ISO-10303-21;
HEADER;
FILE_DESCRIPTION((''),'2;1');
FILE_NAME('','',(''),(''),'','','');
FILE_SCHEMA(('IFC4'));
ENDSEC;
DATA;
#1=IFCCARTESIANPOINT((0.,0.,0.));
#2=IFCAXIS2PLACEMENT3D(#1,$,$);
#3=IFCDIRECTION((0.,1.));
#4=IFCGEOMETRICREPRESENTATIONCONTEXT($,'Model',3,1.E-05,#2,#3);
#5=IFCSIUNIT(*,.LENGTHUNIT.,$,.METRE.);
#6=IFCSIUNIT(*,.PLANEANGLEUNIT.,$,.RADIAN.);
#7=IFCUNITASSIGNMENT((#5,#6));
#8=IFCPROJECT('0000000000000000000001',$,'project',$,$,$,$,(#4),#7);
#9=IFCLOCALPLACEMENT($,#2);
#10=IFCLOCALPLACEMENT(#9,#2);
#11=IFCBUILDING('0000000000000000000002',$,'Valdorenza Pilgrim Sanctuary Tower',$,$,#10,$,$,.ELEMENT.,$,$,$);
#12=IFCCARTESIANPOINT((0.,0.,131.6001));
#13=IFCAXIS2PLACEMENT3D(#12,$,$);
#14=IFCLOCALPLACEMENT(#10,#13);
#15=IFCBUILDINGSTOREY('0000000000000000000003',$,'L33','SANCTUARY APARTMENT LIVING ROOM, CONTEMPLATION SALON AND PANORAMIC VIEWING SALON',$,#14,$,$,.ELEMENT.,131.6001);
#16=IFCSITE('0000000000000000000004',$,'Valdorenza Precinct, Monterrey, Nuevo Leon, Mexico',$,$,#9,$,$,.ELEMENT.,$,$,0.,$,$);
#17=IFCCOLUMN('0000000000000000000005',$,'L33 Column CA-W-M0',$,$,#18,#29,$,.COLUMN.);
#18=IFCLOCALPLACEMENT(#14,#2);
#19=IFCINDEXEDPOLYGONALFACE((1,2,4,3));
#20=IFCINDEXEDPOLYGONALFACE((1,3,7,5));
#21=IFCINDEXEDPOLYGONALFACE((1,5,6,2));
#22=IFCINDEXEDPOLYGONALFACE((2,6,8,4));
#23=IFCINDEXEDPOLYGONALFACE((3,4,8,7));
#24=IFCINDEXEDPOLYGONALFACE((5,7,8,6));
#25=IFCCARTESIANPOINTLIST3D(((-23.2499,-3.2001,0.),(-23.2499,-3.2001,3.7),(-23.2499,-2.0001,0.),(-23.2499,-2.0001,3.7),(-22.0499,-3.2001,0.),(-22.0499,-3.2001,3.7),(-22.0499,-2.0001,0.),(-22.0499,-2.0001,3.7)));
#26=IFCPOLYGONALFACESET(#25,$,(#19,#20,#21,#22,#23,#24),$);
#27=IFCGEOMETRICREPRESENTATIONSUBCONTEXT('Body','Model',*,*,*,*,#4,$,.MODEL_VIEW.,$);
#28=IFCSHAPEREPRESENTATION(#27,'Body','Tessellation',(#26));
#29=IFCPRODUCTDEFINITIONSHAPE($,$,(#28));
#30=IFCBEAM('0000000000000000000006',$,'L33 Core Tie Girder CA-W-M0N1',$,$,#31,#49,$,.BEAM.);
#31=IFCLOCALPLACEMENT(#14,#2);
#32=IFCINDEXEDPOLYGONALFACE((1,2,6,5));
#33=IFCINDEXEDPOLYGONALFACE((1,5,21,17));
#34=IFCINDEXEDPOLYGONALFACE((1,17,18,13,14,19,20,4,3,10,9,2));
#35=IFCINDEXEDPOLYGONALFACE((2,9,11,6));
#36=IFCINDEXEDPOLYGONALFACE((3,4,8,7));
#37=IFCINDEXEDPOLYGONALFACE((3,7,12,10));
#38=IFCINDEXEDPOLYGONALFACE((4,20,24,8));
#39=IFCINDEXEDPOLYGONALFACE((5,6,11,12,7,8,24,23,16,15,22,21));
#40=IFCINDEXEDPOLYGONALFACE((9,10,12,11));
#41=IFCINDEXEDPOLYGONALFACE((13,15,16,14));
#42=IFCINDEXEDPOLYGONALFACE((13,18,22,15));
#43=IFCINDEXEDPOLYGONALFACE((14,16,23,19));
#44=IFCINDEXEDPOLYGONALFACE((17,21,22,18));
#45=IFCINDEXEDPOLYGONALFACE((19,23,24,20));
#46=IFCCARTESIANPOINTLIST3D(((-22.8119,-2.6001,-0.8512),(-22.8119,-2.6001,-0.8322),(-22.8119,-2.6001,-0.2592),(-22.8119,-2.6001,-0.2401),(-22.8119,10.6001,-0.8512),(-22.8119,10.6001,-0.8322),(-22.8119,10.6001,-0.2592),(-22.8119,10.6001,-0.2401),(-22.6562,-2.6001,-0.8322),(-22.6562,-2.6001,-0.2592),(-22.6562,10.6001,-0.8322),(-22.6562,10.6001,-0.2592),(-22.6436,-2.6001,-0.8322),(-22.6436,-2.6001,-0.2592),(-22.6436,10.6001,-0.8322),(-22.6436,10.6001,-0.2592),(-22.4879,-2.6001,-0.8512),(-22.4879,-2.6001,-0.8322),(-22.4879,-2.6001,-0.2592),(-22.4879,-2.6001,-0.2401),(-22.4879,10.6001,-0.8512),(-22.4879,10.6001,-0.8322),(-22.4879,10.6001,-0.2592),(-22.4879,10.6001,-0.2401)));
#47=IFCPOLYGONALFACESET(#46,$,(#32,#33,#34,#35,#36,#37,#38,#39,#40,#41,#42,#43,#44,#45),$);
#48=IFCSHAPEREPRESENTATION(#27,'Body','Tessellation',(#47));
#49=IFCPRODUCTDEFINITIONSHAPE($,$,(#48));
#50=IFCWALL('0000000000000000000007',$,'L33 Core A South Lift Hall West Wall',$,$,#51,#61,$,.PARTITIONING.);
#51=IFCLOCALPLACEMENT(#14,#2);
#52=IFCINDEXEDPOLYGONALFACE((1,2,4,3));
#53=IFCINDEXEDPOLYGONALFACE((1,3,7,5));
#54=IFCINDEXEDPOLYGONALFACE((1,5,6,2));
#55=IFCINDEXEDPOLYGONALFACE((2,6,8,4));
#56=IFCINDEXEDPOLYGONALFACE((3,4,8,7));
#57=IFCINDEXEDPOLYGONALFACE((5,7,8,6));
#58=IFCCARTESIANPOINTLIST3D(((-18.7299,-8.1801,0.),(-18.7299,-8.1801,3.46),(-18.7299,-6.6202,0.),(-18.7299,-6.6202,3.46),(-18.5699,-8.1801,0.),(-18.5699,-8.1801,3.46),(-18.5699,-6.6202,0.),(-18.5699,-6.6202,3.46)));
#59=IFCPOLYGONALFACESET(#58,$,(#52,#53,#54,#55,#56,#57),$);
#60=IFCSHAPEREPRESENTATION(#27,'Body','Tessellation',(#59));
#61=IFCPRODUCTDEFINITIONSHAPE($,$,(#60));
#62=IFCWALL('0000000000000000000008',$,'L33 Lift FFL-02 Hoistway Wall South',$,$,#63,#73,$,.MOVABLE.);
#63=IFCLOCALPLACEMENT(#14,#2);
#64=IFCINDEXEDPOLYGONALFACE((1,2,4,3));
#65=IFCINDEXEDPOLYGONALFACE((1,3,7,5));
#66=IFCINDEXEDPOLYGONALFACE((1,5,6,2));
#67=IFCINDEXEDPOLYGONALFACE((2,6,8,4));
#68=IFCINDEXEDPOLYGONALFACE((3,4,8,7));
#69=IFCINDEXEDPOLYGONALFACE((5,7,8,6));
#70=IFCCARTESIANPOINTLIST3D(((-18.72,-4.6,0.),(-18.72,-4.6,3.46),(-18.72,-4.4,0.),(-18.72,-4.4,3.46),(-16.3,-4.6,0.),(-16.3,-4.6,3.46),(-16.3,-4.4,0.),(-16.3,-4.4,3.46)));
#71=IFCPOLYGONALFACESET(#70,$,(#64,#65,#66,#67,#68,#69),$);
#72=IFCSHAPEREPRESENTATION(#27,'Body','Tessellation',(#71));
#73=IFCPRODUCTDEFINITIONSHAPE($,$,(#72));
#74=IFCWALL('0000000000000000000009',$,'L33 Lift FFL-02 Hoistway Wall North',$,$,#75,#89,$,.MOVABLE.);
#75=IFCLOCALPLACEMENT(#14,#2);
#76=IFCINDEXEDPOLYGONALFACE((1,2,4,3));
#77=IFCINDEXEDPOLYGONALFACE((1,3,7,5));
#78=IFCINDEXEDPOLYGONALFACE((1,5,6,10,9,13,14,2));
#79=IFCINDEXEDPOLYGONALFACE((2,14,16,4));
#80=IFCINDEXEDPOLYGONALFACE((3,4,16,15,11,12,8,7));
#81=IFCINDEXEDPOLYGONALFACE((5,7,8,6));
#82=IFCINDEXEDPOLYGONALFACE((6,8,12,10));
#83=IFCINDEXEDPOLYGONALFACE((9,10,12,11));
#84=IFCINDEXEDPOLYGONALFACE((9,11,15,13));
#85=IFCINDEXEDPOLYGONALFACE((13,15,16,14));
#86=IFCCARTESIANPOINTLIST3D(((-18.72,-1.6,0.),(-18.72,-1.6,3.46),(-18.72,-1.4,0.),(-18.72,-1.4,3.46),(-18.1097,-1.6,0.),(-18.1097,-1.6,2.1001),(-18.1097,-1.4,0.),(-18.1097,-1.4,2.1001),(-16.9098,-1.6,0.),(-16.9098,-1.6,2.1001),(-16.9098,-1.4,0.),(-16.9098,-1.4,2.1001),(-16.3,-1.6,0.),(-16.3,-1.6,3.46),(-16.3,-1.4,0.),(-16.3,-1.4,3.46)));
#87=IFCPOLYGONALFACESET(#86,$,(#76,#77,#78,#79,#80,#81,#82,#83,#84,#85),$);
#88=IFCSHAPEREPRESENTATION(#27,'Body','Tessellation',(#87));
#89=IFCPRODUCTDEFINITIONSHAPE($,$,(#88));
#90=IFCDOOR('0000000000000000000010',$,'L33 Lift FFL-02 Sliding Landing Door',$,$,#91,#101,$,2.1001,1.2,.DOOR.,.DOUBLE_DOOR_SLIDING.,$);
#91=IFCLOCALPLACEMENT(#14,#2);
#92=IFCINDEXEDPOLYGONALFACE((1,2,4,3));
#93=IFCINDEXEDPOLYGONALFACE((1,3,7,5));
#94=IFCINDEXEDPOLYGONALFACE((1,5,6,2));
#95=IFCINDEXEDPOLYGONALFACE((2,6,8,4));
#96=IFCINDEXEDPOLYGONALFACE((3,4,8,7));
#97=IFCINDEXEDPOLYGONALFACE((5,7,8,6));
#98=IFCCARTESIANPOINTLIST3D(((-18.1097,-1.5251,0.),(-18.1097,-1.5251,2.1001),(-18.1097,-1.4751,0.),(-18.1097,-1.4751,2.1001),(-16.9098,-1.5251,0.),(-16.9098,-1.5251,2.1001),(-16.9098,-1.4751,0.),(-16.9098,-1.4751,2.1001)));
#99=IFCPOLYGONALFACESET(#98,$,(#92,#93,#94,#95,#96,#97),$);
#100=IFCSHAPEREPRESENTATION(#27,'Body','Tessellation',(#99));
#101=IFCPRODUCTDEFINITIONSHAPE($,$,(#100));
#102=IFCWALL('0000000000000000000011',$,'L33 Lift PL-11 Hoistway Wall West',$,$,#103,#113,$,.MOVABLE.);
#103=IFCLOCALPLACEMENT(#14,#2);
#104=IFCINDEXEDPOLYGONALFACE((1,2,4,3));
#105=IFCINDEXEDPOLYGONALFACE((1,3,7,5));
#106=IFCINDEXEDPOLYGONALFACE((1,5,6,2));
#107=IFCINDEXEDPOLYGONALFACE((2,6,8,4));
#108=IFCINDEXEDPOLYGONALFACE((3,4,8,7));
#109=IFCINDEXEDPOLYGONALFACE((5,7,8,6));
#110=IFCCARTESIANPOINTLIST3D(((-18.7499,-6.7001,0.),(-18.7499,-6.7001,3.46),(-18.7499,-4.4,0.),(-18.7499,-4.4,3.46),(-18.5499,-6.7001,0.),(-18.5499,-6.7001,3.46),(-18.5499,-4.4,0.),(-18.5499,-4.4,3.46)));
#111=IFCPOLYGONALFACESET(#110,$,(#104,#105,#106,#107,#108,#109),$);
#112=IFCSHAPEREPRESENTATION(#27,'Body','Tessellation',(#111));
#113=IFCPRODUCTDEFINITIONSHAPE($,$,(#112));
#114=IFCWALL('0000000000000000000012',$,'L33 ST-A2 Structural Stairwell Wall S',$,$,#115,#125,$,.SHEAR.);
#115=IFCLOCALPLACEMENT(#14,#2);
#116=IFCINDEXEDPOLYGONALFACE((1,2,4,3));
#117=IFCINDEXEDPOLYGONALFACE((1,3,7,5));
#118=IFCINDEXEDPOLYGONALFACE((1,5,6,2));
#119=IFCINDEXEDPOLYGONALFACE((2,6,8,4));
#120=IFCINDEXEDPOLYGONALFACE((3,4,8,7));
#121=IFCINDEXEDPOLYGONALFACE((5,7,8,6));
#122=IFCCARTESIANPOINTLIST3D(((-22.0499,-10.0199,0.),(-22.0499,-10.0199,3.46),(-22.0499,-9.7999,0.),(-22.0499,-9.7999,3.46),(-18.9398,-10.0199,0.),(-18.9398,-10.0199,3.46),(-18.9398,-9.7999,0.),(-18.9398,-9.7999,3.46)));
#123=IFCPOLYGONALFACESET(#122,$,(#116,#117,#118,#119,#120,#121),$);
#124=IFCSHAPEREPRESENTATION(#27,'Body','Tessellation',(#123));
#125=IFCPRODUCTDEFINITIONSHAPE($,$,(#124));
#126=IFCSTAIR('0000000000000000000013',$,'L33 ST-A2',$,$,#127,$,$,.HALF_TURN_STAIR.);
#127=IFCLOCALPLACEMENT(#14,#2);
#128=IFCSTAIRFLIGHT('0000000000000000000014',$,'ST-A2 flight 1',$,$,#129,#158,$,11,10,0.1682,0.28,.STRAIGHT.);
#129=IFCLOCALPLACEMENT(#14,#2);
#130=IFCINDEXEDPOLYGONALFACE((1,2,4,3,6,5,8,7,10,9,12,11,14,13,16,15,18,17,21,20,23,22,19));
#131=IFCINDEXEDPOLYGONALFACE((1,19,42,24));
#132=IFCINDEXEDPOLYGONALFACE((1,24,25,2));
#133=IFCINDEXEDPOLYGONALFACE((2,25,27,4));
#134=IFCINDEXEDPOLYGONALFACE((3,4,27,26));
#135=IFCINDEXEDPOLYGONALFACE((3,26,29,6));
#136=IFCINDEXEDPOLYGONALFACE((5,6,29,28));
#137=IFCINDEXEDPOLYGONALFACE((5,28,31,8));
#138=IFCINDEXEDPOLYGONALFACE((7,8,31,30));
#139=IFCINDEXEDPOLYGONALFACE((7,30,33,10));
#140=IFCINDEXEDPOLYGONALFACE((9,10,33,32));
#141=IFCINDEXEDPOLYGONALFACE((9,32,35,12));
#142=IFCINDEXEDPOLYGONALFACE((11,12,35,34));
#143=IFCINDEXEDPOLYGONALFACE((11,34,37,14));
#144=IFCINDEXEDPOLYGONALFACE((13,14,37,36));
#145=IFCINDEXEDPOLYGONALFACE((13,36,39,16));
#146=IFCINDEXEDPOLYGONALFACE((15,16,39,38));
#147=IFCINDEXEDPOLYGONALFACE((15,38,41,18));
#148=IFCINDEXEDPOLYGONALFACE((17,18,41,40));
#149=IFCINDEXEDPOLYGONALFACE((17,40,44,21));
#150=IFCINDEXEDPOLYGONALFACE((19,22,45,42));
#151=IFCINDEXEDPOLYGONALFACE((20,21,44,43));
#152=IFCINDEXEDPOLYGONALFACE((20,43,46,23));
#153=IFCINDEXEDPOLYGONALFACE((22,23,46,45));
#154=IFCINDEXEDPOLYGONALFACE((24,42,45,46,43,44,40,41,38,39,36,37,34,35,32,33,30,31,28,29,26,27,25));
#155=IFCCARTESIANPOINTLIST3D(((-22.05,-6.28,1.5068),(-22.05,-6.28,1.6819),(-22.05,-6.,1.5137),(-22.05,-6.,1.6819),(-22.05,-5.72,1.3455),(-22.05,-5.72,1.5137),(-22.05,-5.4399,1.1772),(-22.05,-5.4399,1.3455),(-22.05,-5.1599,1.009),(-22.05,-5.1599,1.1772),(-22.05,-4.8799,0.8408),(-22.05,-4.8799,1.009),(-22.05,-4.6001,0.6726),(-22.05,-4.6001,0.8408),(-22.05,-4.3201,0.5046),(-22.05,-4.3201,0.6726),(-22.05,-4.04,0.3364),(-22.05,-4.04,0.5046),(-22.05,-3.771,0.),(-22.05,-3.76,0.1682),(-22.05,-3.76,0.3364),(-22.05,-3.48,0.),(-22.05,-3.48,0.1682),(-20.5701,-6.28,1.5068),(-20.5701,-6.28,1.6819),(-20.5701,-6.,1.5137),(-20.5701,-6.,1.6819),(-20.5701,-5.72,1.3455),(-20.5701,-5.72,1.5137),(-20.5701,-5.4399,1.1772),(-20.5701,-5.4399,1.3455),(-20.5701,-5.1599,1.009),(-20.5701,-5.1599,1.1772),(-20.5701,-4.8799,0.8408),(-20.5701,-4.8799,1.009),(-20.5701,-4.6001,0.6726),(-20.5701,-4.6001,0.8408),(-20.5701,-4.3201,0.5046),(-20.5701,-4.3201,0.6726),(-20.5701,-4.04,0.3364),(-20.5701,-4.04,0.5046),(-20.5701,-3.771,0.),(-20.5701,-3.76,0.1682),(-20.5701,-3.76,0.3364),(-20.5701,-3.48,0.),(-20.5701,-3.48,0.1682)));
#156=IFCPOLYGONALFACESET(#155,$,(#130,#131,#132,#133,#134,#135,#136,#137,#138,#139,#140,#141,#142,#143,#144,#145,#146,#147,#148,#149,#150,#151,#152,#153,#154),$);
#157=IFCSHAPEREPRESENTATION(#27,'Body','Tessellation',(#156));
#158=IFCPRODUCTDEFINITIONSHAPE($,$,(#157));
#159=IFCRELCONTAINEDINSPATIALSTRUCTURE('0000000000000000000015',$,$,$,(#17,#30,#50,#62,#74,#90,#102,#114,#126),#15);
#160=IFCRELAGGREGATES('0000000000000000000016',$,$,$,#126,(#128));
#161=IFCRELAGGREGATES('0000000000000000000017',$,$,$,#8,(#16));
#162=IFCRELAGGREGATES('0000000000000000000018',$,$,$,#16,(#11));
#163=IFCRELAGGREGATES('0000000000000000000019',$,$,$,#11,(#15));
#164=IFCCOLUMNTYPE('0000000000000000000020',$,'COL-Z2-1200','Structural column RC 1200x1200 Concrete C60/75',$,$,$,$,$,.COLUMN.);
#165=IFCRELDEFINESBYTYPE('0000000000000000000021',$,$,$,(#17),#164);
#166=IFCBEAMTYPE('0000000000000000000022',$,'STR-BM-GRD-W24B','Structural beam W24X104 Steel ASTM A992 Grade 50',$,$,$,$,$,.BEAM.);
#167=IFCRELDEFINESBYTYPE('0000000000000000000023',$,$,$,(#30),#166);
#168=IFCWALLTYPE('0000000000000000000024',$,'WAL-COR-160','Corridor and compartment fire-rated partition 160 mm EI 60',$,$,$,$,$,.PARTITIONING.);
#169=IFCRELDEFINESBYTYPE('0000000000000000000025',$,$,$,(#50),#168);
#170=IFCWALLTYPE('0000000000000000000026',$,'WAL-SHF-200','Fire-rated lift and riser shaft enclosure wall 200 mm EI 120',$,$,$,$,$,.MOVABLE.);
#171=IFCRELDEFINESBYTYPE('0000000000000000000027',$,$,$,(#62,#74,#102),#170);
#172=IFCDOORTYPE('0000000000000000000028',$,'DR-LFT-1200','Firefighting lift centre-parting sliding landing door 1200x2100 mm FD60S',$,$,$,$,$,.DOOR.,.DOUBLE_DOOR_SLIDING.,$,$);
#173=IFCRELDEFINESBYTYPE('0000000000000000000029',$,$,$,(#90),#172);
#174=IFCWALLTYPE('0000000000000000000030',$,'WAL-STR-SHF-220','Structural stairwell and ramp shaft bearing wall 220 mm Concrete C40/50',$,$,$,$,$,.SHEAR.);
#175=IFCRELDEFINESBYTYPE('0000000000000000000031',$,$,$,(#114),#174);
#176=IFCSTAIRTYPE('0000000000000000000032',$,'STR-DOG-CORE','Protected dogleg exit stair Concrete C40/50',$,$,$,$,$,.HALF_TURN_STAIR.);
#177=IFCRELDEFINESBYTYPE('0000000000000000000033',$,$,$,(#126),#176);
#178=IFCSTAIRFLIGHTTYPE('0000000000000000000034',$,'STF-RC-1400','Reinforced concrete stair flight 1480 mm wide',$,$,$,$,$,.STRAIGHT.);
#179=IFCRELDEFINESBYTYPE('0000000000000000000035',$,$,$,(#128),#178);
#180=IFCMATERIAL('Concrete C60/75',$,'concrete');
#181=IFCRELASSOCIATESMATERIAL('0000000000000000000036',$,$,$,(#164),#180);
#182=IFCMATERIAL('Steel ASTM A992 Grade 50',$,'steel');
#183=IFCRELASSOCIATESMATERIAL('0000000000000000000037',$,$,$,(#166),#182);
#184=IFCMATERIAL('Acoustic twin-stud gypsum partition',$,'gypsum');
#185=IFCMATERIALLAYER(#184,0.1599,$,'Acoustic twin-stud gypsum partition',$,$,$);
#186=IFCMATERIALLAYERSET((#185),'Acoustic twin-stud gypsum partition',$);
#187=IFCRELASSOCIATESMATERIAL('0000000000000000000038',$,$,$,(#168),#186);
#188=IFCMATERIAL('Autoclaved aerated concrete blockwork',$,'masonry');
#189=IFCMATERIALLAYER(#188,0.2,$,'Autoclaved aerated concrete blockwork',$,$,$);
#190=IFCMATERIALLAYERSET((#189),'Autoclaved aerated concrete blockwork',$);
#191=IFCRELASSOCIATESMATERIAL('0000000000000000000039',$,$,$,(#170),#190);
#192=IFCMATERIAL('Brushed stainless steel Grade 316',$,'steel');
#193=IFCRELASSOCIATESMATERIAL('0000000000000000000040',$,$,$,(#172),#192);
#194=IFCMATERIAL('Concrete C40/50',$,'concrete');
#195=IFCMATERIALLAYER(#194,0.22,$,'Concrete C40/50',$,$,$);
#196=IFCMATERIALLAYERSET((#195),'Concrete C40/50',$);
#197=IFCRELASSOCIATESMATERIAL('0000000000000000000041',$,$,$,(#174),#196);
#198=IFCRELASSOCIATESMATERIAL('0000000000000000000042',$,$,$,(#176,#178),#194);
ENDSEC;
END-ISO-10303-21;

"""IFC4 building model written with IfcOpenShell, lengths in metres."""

from ifc_helpers import new_model, si_unit, direction, frame, frame_2d, origin, origin_2d, place, context, subcontext, project, spatial, polyline, rectangle, i_section, outline, extrude, source, transform, mapped, material, layer, layer_set, material_profile, profile_set, type_object, element, fill, aggregate, save


model = new_model("IFC4")

# Units and contexts
model_context = context("Model", 3, precision=1e-05, world=origin(), true_north=direction((0.0, 1.0)))
body_context = subcontext(model_context, "Body", "Model", "MODEL_VIEW")
ifc_project = project(units=[si_unit("LENGTHUNIT", "METRE"), si_unit("PLANEANGLEUNIT", "RADIAN")], contexts=[model_context])

# Site, building, storey
site_placement = place(None, origin())
site = spatial("IfcSite", under=ifc_project, at=site_placement, Name="Valdorenza Precinct, Monterrey, Nuevo Leon, Mexico", CompositionType="ELEMENT", RefElevation=0.0)
building_placement = place(site_placement, origin())
building = spatial("IfcBuilding", under=site, at=building_placement, Name="Valdorenza Pilgrim Sanctuary Tower", CompositionType="ELEMENT")
storey_placement = place(building_placement, frame((0.0, 0.0, 131.6001)))
storey = spatial("IfcBuildingStorey", under=building, at=storey_placement, Name="L33", Description="SANCTUARY APARTMENT LIVING ROOM, CONTEMPLATION SALON AND PANORAMIC VIEWING SALON", CompositionType="ELEMENT", Elevation=131.6001)

# Column
ifc_material_1 = material(Name="Concrete C60/75", Category="concrete")
ifc_material_profile_1 = material_profile(ifc_material_1, rectangle(XDim=1.2, YDim=1.2, at=origin_2d()), Name="RC 1200x1200")
ifc_profile_set_1 = profile_set([ifc_material_profile_1], Name="Concrete C60/75")
column_type = type_object("IfcColumnType", Name="COL-Z2-1200", Description="Structural column RC 1200x1200 Concrete C60/75", PredefinedType="COLUMN", material=ifc_profile_set_1)
shared_shape_1 = source(origin(), body_context, "Body", "SweptSolid", [
    extrude(rectangle(XDim=1.2, YDim=1.2, at=origin_2d()), origin(), (0.0, 0.0, 1.0), 3.7),
])
column_placement = place(storey_placement, frame((-22.6499, -2.6001, 0.0), z_axis=(0.0, 0.0, 1.0), x_axis=(1.0, 0.0, 0.0)))
element("IfcColumn", 1, at=column_placement, inside=storey, type_object=column_type, Name="L33 Column CA-W-M0", PredefinedType="COLUMN", context=body_context, shape_type="MappedRepresentation", body=[
    mapped(shared_shape_1, transform((0.0, 0.0, 0.0), x_axis=(1.0, 0.0, 0.0), y_axis=(0.0, 1.0, 0.0), z_axis=(0.0, 0.0, 1.0), scale=1.0)),
])

# Beam
ifc_material_2 = material(Name="Steel ASTM A992 Grade 50", Category="steel")
ifc_material_profile_2 = material_profile(ifc_material_2, i_section(OverallWidth=0.324, OverallDepth=0.6111, WebThickness=0.0127, FlangeThickness=0.019, at=origin_2d()), Name="W24X104")
ifc_profile_set_2 = profile_set([ifc_material_profile_2], Name="Steel ASTM A992 Grade 50")
beam_type = type_object("IfcBeamType", Name="STR-BM-GRD-W24B", Description="Structural beam W24X104 Steel ASTM A992 Grade 50", PredefinedType="BEAM", material=ifc_profile_set_2)
shared_shape_2 = source(origin(), body_context, "Body", "SweptSolid", [
    extrude(i_section(OverallWidth=0.324, OverallDepth=0.6111, WebThickness=0.0127, FlangeThickness=0.019, at=origin_2d()), origin(), (0.0, 0.0, 1.0), 13.2002),
])
beam_placement = place(storey_placement, frame((-22.6499, -2.6001, -0.5457), z_axis=(0.0, 1.0, 0.0), x_axis=(-1.0, 0.0, 0.0)))
element("IfcBeam", 2, at=beam_placement, inside=storey, type_object=beam_type, Name="L33 Core Tie Girder CA-W-M0N1", PredefinedType="BEAM", context=body_context, shape_type="MappedRepresentation", body=[
    mapped(shared_shape_2, transform((0.0, 0.0, 0.0), x_axis=(1.0, 0.0, 0.0), y_axis=(0.0, 1.0, 0.0), z_axis=(0.0, 0.0, 1.0), scale=1.0)),
])

# Walls
ifc_material_3 = material(Name="Acoustic twin-stud gypsum partition", Category="gypsum")
ifc_layer_1 = layer(ifc_material_3, 0.1599, Name="Acoustic twin-stud gypsum partition")
ifc_layer_set_1 = layer_set([ifc_layer_1], Name="Acoustic twin-stud gypsum partition")
wall_type_1 = type_object("IfcWallType", Name="WAL-COR-160", Description="Corridor and compartment fire-rated partition 160 mm EI 60", PredefinedType="PARTITIONING", material=ifc_layer_set_1)
wall_1_placement = place(storey_placement, frame((-18.6499, -8.1799, 0.0), z_axis=(0.0, 0.0, 1.0), x_axis=(0.0, 1.0, 0.0)))
element("IfcWall", 3, at=wall_1_placement, inside=storey, type_object=wall_type_1, Name="L33 Core A South Lift Hall West Wall", PredefinedType="PARTITIONING", context=body_context, shape_type="SweptSolid", body=[
    extrude(rectangle(XDim=1.5598, YDim=0.1599, at=frame_2d((0.7798, 0.0))), origin(), (0.0, 0.0, 1.0), 3.46),
])
ifc_material_4 = material(Name="Autoclaved aerated concrete blockwork", Category="masonry")
ifc_layer_2 = layer(ifc_material_4, 0.2, Name="Autoclaved aerated concrete blockwork")
ifc_layer_set_2 = layer_set([ifc_layer_2], Name="Autoclaved aerated concrete blockwork")
wall_type_2 = type_object("IfcWallType", Name="WAL-SHF-200", Description="Fire-rated lift and riser shaft enclosure wall 200 mm EI 120", PredefinedType="MOVABLE", material=ifc_layer_set_2)
wall_2_placement = place(storey_placement, frame((-18.72, -4.5, 0.0), z_axis=(0.0, 0.0, 1.0), x_axis=(1.0, 0.0, 0.0)))
element("IfcWall", 4, at=wall_2_placement, inside=storey, type_object=wall_type_2, Name="L33 Lift FFL-02 Hoistway Wall South", PredefinedType="MOVABLE", context=body_context, shape_type="SweptSolid", body=[
    extrude(rectangle(XDim=2.4199, YDim=0.2, at=frame_2d((1.21, 0.0))), origin(), (0.0, 0.0, 1.0), 3.46),
])

# Wall, opening, door
wall_3_placement = place(storey_placement, frame((-18.72, -1.5, 0.0), z_axis=(0.0, 0.0, 1.0), x_axis=(1.0, 0.0, 0.0)))
wall_3 = element("IfcWall", 5, at=wall_3_placement, inside=storey, type_object=wall_type_2, Name="L33 Lift FFL-02 Hoistway Wall North", PredefinedType="MOVABLE", context=body_context, shape_type="SweptSolid", body=[
    extrude(rectangle(XDim=2.4199, YDim=0.2, at=frame_2d((1.21, 0.0))), origin(), (0.0, 0.0, 1.0), 3.46),
])
opening_1_placement = place(wall_3_placement, frame((0.6101, 0.0, 0.0)))
opening_1 = element("IfcOpeningElement", 6, at=opening_1_placement, cuts=wall_3, PredefinedType="OPENING", context=body_context, shape_type="SweptSolid", body=[
    extrude(rectangle(XDim=1.2, YDim=2.1001, at=frame_2d((0.6001, 1.05))), frame((0.0, 0.1147, 0.0), z_axis=(0.0, -1.0, 0.0), x_axis=(1.0, 0.0, 0.0)), (0.0, 0.0, 1.0), 0.2297),
])
ifc_material_5 = material(Name="Brushed stainless steel Grade 316", Category="steel")
door_type_1 = type_object("IfcDoorType", Name="DR-LFT-1200", Description="Firefighting lift centre-parting sliding landing door 1200x2100 mm FD60S", OperationType="DOUBLE_DOOR_SLIDING", PredefinedType="DOOR", material=ifc_material_5)
door_1_placement = place(opening_1_placement, origin())
door_1 = element("IfcDoor", 7, at=door_1_placement, inside=storey, type_object=door_type_1, Name="L33 Lift FFL-02 Sliding Landing Door", OperationType="DOUBLE_DOOR_SLIDING", OverallHeight=2.1001, OverallWidth=1.2, PredefinedType="DOOR", context=body_context, shape_type="SweptSolid", body=[
    extrude(rectangle(XDim=1.2, YDim=2.1001, at=frame_2d((0.6001, 1.05))), frame((0.0, 0.0249, 0.0), z_axis=(0.0, -1.0, 0.0), x_axis=(1.0, 0.0, 0.0)), (0.0, 0.0, 1.0), 0.05),
])
fill(opening_1, door_1)

# Walls
wall_4_placement = place(storey_placement, frame((-18.6499, -6.7, 0.0), z_axis=(0.0, 0.0, 1.0), x_axis=(0.0, 1.0, 0.0)))
element("IfcWall", 8, at=wall_4_placement, inside=storey, type_object=wall_type_2, Name="L33 Lift PL-11 Hoistway Wall West", PredefinedType="MOVABLE", context=body_context, shape_type="SweptSolid", body=[
    extrude(rectangle(XDim=2.3, YDim=0.2, at=frame_2d((1.1499, 0.0))), origin(), (0.0, 0.0, 1.0), 3.46),
])
ifc_material_6 = material(Name="Concrete C40/50", Category="concrete")
ifc_layer_3 = layer(ifc_material_6, 0.22, Name="Concrete C40/50")
ifc_layer_set_3 = layer_set([ifc_layer_3], Name="Concrete C40/50")
wall_type_3 = type_object("IfcWallType", Name="WAL-STR-SHF-220", Description="Structural stairwell and ramp shaft bearing wall 220 mm Concrete C40/50", PredefinedType="SHEAR", material=ifc_layer_set_3)
wall_5_placement = place(storey_placement, frame((-22.05, -9.9099, 0.0), z_axis=(0.0, 0.0, 1.0), x_axis=(1.0, 0.0, 0.0)))
element("IfcWall", 9, at=wall_5_placement, inside=storey, type_object=wall_type_3, Name="L33 ST-A2 Structural Stairwell Wall S", PredefinedType="SHEAR", context=body_context, shape_type="SweptSolid", body=[
    extrude(rectangle(XDim=3.1101, YDim=0.22, at=frame_2d((1.5552, 0.0))), origin(), (0.0, 0.0, 1.0), 3.46),
])

# Stair, stair flight
stair_type = type_object("IfcStairType", Name="STR-DOG-CORE", Description="Protected dogleg exit stair Concrete C40/50", PredefinedType="HALF_TURN_STAIR", material=ifc_material_6)
stair_placement = place(storey_placement, origin())
stair = element("IfcStair", 10, at=stair_placement, inside=storey, type_object=stair_type, Name="L33 ST-A2", PredefinedType="HALF_TURN_STAIR")
stair_flight_type = type_object("IfcStairFlightType", Name="STF-RC-1400", Description="Reinforced concrete stair flight 1480 mm wide", PredefinedType="STRAIGHT", material=ifc_material_6)
stair_flight_1_placement = place(storey_placement, frame((-21.3101, -3.48, 0.0), z_axis=(0.0, 0.0, 1.0), x_axis=(0.0, -1.0, 0.0)))
stair_flight_1 = element("IfcStairFlight", 11, at=stair_flight_1_placement, type_object=stair_flight_type, Name="ST-A2 flight 1", NumberOfRisers=11, NumberOfTreads=10, PredefinedType="STRAIGHT", RiserHeight=0.1682, TreadLength=0.28, context=body_context, shape_type="SweptSolid", body=[
    extrude(outline(polyline([(0.0, 0.0), (0.0, 0.1682), (0.28, 0.1682), (0.28, 0.3364), (0.5601, 0.3364), (0.5601, 0.5046), (0.8401, 0.5046), (0.8401, 0.6726), (1.1201, 0.6726), (1.1201, 0.8408), (1.3999, 0.8408), (1.3999, 1.009), (1.6799, 1.009), (1.6799, 1.1772), (1.96, 1.1772), (1.96, 1.3455), (2.24, 1.3455), (2.24, 1.5137), (2.52, 1.5137), (2.52, 1.6819), (2.8, 1.6819), (2.8, 1.8501), (2.8, 1.5068), (0.291, 0.0), (0.0, 0.0)])), frame((0.0, 0.74, 0.0), z_axis=(0.0, -1.0, 0.0), x_axis=(1.0, 0.0, 0.0)), (0.0, 0.0, 1.0), 1.48),
])
aggregate(stair, [stair_flight_1])

save(model, "model.ifc")
